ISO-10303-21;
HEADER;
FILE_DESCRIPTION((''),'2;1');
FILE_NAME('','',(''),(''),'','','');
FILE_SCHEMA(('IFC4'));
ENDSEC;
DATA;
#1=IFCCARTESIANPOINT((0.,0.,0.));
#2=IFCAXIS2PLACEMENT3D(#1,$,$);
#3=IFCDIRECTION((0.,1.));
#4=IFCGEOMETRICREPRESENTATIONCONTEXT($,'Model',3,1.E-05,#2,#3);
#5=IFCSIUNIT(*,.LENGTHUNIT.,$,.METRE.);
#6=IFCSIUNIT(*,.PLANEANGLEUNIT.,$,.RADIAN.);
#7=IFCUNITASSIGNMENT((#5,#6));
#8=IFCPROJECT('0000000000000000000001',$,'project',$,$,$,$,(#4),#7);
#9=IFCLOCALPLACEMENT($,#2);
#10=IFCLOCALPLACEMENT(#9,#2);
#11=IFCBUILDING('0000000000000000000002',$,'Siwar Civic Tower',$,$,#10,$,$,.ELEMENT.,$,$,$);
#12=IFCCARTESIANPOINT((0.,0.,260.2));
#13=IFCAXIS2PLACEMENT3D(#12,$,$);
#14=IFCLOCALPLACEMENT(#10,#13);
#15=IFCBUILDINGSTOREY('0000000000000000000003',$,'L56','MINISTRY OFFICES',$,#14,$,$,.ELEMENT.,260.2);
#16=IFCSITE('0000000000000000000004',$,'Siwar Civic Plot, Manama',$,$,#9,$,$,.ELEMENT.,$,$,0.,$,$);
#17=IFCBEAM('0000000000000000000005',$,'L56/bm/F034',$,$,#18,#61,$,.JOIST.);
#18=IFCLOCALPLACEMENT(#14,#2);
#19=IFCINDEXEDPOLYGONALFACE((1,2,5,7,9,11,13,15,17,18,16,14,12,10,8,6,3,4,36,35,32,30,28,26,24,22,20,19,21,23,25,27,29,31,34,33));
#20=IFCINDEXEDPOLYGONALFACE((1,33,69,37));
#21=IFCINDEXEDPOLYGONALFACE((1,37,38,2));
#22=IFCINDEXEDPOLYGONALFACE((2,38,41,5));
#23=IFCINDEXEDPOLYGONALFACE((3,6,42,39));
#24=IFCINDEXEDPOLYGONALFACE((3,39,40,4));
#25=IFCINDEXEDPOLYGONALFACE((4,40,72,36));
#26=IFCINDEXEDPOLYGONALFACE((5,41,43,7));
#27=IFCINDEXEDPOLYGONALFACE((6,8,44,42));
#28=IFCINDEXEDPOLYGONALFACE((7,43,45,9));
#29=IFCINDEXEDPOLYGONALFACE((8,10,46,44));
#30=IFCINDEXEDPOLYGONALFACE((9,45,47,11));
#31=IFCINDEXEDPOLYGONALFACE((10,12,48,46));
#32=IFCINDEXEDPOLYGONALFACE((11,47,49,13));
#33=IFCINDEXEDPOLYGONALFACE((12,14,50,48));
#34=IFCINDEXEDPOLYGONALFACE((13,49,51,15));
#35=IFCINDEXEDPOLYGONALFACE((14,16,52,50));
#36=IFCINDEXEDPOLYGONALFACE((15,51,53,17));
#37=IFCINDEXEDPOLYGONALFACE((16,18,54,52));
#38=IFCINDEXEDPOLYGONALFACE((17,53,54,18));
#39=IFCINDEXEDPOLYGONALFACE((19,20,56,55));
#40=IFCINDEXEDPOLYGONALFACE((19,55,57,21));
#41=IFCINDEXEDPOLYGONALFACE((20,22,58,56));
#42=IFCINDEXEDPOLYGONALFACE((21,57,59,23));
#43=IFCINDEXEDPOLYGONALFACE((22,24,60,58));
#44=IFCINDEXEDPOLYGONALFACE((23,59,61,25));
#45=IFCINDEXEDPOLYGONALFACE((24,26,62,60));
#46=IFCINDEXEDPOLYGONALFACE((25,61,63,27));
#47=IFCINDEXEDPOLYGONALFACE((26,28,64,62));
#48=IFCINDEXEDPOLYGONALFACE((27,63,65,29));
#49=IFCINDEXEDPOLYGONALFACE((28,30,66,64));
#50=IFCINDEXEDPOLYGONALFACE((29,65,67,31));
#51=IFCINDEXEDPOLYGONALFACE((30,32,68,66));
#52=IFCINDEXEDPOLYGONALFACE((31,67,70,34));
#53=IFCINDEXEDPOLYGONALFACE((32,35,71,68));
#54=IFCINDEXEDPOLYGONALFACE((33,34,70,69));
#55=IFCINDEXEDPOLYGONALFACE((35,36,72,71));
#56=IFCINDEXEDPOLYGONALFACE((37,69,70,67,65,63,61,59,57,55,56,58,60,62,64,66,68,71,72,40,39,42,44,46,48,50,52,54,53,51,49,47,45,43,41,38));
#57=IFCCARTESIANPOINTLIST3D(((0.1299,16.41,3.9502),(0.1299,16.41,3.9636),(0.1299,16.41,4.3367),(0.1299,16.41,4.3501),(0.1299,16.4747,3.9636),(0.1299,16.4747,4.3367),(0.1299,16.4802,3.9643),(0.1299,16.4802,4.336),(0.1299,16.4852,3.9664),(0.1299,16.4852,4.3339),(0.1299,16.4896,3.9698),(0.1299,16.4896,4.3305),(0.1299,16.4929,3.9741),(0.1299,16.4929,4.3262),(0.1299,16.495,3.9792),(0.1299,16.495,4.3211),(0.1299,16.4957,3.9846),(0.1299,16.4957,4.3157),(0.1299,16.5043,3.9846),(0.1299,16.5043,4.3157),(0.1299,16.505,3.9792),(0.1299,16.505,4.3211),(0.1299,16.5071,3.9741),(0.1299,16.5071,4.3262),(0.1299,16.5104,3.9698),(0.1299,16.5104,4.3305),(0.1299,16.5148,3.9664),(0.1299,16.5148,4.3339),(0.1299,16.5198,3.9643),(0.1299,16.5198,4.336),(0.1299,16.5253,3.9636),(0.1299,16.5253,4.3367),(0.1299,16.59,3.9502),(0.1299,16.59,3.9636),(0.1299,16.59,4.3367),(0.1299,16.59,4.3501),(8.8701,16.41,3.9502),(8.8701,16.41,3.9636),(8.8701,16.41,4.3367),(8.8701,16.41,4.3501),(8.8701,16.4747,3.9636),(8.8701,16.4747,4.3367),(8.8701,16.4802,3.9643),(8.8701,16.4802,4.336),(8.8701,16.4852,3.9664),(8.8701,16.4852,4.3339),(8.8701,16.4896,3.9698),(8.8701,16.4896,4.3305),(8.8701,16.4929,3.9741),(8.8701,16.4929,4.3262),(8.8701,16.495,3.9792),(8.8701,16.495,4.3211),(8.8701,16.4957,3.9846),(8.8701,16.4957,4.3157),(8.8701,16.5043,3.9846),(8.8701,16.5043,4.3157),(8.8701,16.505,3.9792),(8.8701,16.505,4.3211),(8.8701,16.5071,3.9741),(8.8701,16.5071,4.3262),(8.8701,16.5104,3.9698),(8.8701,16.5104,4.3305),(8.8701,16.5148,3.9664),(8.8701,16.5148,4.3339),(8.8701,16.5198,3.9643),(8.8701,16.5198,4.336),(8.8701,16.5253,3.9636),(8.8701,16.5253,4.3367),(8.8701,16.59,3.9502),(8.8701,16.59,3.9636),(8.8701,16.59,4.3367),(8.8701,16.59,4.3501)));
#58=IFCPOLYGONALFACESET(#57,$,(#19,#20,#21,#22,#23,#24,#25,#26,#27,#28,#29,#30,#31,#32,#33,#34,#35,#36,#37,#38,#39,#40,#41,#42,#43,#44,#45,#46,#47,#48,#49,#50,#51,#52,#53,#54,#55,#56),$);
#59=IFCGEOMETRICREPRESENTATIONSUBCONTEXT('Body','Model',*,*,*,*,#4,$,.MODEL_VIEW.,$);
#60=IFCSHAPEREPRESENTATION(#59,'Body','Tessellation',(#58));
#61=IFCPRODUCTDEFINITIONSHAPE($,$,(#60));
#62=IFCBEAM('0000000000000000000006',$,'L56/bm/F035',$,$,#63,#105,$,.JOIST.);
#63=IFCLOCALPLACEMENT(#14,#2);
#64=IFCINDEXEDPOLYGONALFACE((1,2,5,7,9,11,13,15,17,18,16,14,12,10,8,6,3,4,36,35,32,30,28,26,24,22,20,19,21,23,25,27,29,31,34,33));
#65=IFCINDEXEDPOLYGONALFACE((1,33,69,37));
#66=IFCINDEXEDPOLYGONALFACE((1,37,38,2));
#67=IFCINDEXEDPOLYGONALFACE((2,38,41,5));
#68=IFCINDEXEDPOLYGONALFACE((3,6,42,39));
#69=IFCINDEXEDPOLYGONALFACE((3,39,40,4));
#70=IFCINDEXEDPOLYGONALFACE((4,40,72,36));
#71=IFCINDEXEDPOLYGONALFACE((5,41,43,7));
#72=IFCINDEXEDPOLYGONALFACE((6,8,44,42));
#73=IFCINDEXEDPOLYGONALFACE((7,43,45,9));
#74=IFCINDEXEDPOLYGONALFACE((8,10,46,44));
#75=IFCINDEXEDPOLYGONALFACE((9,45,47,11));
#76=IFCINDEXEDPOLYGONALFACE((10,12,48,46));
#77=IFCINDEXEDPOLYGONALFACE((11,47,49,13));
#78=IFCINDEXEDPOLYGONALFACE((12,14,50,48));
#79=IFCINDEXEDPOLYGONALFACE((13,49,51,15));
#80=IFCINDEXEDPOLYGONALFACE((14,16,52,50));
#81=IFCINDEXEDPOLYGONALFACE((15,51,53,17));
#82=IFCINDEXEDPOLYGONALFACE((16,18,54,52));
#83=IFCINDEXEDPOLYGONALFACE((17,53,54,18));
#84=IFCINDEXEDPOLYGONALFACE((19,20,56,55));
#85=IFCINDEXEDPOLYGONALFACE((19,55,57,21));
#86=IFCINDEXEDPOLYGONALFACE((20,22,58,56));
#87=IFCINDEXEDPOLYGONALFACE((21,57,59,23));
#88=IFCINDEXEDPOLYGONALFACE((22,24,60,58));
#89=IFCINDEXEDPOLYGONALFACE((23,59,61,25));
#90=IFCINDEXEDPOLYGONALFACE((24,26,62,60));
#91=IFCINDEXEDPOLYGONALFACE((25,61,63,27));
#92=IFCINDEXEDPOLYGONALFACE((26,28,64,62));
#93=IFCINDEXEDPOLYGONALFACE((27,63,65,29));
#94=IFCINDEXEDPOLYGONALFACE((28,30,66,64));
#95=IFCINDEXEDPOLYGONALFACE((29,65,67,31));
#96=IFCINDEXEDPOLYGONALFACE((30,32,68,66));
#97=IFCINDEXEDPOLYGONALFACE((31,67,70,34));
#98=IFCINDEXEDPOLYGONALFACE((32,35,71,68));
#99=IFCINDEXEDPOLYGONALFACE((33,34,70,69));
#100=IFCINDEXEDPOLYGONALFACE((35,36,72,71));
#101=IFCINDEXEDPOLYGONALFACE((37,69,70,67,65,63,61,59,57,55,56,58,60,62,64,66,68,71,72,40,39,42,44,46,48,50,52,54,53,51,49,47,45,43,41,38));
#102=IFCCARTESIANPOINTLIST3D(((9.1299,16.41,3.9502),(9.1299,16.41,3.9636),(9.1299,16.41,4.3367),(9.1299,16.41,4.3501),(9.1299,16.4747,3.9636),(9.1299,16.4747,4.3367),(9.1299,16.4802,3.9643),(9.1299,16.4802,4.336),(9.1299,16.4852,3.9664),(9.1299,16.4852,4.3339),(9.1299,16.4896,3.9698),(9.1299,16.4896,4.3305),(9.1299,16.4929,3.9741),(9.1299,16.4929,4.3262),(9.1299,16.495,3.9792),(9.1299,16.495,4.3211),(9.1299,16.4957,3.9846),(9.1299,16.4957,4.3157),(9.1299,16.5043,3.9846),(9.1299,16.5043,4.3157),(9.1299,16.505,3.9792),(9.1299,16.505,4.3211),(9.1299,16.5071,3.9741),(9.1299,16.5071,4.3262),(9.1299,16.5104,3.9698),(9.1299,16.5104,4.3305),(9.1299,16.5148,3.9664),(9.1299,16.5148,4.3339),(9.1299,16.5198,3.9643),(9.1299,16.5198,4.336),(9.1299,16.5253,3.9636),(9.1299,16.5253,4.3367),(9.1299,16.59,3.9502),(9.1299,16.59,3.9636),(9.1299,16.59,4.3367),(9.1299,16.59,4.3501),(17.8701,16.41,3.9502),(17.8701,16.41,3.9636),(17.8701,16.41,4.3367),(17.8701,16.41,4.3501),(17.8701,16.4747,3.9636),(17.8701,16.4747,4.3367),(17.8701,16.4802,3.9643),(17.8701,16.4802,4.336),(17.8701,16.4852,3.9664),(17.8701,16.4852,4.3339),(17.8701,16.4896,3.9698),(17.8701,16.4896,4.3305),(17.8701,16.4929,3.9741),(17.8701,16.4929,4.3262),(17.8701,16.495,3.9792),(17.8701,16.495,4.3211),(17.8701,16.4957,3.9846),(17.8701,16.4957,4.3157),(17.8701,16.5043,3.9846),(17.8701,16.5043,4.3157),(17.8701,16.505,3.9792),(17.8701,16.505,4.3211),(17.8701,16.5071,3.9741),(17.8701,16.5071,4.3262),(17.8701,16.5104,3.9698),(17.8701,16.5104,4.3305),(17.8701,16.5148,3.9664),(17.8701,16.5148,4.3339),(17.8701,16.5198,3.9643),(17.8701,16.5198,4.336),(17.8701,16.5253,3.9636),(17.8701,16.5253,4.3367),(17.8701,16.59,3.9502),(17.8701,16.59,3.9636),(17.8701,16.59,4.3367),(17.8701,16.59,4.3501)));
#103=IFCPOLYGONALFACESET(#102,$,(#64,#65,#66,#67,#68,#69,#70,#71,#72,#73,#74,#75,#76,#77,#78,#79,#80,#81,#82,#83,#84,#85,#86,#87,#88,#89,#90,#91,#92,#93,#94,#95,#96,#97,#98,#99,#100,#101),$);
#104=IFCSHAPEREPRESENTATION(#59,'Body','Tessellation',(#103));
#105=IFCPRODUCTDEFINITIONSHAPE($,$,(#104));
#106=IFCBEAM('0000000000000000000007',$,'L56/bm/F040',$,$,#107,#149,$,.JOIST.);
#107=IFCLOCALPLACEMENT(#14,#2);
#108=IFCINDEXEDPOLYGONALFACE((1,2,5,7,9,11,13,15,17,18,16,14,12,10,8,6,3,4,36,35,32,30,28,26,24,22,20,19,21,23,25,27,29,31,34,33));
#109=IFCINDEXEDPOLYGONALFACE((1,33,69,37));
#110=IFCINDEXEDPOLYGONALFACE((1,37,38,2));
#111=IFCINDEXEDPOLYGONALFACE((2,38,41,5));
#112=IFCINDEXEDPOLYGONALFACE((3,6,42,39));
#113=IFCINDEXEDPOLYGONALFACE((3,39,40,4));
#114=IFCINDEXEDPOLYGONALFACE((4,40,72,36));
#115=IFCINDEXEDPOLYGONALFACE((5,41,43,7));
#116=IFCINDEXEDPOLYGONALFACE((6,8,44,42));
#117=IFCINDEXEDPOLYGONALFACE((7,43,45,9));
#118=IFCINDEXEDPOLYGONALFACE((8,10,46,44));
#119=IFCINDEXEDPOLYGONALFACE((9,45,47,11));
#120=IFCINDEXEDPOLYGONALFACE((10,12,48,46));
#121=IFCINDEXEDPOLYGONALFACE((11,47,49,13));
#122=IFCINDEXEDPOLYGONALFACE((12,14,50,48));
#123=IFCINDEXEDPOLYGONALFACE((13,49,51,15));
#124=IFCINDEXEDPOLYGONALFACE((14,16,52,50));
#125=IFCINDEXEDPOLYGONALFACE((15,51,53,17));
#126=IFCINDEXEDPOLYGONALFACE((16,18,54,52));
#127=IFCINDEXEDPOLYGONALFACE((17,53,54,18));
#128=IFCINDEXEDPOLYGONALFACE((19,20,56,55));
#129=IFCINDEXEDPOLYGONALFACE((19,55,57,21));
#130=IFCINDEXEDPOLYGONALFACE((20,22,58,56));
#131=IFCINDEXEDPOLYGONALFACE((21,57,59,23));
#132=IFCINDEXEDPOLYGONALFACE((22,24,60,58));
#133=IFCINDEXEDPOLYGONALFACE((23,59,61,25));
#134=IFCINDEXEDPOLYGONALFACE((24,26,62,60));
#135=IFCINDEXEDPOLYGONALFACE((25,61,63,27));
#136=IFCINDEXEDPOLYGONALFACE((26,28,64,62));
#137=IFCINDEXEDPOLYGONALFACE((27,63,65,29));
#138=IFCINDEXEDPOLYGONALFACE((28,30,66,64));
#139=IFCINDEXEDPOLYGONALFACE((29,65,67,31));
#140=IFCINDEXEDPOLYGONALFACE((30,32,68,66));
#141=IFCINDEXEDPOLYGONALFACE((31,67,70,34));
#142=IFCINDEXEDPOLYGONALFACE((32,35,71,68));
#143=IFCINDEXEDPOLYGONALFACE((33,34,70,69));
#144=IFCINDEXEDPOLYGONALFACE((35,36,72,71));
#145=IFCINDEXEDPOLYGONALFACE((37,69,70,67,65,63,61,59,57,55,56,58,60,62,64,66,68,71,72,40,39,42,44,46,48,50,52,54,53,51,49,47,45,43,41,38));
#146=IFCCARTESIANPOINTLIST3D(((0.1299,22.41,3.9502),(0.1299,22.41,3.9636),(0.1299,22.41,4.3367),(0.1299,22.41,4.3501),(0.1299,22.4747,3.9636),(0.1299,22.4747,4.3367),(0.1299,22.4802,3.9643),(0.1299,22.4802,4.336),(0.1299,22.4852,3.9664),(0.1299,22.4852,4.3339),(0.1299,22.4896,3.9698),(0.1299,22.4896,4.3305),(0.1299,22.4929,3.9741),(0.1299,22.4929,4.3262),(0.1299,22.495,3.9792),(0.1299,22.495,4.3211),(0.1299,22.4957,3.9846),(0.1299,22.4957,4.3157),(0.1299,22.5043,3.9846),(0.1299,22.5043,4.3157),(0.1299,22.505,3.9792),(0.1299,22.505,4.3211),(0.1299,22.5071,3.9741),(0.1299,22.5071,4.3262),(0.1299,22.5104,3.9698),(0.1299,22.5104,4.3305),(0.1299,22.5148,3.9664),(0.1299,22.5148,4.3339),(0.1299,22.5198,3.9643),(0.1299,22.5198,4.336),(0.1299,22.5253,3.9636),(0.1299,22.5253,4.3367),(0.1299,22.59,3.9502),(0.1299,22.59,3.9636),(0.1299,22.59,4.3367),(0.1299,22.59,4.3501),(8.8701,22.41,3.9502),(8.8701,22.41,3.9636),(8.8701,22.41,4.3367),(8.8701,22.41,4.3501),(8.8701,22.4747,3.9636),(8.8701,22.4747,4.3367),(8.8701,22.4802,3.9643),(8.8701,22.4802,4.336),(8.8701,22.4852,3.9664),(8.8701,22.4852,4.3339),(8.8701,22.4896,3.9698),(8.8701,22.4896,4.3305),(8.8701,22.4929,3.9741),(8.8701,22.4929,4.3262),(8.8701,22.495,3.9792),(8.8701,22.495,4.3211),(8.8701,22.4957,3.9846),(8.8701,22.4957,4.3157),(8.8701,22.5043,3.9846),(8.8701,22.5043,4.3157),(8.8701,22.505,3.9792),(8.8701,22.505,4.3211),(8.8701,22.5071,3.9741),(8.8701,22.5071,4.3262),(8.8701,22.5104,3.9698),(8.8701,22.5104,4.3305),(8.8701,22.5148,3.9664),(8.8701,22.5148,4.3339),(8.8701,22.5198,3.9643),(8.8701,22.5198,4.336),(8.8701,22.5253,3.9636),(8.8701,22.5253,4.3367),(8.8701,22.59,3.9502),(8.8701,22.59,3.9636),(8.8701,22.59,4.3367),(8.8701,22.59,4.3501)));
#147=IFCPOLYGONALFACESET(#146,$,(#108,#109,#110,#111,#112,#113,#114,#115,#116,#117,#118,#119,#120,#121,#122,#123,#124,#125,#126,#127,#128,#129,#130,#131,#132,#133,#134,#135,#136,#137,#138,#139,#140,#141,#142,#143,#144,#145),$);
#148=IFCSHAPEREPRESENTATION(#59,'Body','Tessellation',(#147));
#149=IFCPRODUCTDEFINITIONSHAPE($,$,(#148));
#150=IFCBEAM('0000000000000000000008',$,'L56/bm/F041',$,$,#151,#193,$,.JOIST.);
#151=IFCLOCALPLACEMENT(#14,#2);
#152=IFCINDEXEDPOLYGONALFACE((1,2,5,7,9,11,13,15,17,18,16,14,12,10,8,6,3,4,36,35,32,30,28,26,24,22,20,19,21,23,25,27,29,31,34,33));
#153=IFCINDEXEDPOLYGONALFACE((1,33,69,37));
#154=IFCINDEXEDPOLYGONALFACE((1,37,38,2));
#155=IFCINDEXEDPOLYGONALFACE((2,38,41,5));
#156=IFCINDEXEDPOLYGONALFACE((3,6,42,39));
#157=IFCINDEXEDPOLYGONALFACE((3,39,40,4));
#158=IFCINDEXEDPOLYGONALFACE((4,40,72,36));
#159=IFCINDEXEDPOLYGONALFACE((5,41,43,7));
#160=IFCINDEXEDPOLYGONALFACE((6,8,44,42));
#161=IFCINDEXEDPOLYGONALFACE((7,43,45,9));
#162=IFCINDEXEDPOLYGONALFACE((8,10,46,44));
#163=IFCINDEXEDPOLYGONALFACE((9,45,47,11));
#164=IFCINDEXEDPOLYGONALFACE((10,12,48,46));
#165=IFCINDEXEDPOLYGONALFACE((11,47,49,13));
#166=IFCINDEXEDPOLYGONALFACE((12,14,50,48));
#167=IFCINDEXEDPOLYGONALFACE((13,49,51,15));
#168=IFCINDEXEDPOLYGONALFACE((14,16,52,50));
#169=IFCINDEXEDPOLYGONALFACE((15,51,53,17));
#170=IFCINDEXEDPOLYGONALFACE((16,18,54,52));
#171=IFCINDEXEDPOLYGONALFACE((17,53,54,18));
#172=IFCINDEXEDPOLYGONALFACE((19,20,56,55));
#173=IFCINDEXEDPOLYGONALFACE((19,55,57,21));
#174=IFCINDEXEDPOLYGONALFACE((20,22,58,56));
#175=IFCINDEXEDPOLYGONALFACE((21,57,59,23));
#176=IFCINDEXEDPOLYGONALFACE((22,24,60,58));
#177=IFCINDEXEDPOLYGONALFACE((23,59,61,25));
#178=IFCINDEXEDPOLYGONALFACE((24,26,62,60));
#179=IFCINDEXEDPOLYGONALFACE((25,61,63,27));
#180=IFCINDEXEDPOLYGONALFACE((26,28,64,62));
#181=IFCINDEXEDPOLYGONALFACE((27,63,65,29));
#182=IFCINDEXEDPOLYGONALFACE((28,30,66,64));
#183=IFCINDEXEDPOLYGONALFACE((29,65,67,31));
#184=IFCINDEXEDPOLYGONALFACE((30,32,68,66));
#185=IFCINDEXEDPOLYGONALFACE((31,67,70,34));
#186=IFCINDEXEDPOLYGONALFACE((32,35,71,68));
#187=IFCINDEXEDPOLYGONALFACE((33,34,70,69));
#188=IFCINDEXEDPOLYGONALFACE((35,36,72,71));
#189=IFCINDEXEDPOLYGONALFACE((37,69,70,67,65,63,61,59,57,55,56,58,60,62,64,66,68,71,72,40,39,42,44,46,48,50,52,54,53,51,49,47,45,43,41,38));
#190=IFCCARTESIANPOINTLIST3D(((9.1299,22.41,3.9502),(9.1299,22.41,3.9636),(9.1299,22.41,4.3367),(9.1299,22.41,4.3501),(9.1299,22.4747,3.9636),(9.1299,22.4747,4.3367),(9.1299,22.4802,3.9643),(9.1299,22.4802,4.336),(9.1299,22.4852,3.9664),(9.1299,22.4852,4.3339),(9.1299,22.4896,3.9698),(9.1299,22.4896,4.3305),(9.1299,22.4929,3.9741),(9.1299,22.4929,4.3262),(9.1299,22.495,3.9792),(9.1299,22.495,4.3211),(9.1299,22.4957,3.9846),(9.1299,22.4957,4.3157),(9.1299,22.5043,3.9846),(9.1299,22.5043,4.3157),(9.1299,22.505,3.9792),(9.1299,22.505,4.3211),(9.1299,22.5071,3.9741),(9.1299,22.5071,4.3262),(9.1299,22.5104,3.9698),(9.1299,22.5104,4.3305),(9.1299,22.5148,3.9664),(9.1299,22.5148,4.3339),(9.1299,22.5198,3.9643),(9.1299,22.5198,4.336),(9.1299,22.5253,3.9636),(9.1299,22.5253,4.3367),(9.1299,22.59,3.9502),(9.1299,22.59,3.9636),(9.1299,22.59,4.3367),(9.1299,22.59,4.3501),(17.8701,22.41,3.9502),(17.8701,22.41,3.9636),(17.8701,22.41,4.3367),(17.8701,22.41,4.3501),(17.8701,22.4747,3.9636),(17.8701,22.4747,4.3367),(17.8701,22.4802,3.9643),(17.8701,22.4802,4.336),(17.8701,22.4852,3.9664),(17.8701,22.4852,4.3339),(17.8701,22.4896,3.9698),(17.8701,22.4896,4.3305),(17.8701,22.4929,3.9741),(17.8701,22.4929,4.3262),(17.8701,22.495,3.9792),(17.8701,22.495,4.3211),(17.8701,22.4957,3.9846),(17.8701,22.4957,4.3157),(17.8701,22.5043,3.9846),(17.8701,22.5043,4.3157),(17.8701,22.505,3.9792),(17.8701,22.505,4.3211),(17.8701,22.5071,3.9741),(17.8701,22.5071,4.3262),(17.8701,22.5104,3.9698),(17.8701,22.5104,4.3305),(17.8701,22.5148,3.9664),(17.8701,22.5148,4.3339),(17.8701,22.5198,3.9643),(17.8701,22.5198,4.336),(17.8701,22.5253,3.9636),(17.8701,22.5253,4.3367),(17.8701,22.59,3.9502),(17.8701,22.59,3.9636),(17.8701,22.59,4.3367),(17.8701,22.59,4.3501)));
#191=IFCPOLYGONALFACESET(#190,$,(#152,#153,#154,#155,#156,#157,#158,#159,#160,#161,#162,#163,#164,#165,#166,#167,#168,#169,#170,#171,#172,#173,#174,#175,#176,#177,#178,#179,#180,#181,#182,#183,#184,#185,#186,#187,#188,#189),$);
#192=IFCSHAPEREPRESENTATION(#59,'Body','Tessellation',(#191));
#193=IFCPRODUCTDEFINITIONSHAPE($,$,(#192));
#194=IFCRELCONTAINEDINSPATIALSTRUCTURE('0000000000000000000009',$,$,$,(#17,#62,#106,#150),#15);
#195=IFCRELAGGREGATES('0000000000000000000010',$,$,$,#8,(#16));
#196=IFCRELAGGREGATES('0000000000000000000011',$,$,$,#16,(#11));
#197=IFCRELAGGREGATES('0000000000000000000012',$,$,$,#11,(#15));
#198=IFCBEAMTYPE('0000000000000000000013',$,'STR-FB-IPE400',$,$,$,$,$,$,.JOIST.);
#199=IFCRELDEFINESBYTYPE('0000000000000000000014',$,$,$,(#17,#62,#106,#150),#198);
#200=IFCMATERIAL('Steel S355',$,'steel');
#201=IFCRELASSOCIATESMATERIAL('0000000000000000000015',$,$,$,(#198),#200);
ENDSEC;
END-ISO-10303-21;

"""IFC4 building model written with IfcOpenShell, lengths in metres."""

from ifc_helpers import new_model, si_unit, direction, frame, origin, origin_2d, place, context, subcontext, project, spatial, i_section, extrude, material, material_profile, profile_set, type_object, element, save


model = new_model("IFC4")

# Units and contexts
model_context = context("Model", 3, precision=1e-05, world=origin(), true_north=direction((0.0, 1.0)))
body_context = subcontext(model_context, "Body", "Model", "MODEL_VIEW")
ifc_project = project(units=[si_unit("LENGTHUNIT", "METRE"), si_unit("PLANEANGLEUNIT", "RADIAN")], contexts=[model_context])

# Site, building, storey
site_placement = place(None, origin())
site = spatial("IfcSite", under=ifc_project, at=site_placement, Name="Siwar Civic Plot, Manama", CompositionType="ELEMENT", RefElevation=0.0)
building_placement = place(site_placement, origin())
building = spatial("IfcBuilding", under=site, at=building_placement, Name="Siwar Civic Tower", CompositionType="ELEMENT")
storey_placement = place(building_placement, frame((0.0, 0.0, 260.2)))
storey = spatial("IfcBuildingStorey", under=building, at=storey_placement, Name="L56", Description="MINISTRY OFFICES", CompositionType="ELEMENT", Elevation=260.2)

# Beams
ifc_material_1 = material(Name="Steel S355", Category="steel")
ifc_material_profile_1 = material_profile(ifc_material_1, i_section(OverallWidth=0.1799, OverallDepth=0.3999, WebThickness=0.0085, FlangeThickness=0.0134, FilletRadius=0.021, at=origin_2d()), Name="IPE400")
ifc_profile_set_1 = profile_set([ifc_material_profile_1], Name="Steel S355")
beam_type_1 = type_object("IfcBeamType", Name="STR-FB-IPE400", PredefinedType="JOIST", material=ifc_profile_set_1)
for number, where, z_axis, x_axis, name in (
    (1, (0.1299, 16.5, 4.1501), (1.0, 0.0, 0.0), (0.0, 1.0, 0.0), "L56/bm/F034"),
    (2, (9.1299, 16.5, 4.1501), (1.0, 0.0, 0.0), (0.0, 1.0, 0.0), "L56/bm/F035"),
    (3, (0.1299, 22.5, 4.1501), (1.0, 0.0, 0.0), (0.0, 1.0, 0.0), "L56/bm/F040"),
    (4, (9.1299, 22.5, 4.1501), (1.0, 0.0, 0.0), (0.0, 1.0, 0.0), "L56/bm/F041"),
):
    element("IfcBeam", number, at=place(storey_placement, frame(where, z_axis=z_axis, x_axis=x_axis)), inside=storey, type_object=beam_type_1, Name=name, PredefinedType="JOIST", context=body_context, shape_type="SweptSolid", body=[
        extrude(i_section(OverallWidth=0.1799, OverallDepth=0.3999, WebThickness=0.0085, FlangeThickness=0.0134, FilletRadius=0.021, at=origin_2d()), origin(), (0.0, 0.0, 1.0), 8.7402),
    ])

save(model, "model.ifc")
